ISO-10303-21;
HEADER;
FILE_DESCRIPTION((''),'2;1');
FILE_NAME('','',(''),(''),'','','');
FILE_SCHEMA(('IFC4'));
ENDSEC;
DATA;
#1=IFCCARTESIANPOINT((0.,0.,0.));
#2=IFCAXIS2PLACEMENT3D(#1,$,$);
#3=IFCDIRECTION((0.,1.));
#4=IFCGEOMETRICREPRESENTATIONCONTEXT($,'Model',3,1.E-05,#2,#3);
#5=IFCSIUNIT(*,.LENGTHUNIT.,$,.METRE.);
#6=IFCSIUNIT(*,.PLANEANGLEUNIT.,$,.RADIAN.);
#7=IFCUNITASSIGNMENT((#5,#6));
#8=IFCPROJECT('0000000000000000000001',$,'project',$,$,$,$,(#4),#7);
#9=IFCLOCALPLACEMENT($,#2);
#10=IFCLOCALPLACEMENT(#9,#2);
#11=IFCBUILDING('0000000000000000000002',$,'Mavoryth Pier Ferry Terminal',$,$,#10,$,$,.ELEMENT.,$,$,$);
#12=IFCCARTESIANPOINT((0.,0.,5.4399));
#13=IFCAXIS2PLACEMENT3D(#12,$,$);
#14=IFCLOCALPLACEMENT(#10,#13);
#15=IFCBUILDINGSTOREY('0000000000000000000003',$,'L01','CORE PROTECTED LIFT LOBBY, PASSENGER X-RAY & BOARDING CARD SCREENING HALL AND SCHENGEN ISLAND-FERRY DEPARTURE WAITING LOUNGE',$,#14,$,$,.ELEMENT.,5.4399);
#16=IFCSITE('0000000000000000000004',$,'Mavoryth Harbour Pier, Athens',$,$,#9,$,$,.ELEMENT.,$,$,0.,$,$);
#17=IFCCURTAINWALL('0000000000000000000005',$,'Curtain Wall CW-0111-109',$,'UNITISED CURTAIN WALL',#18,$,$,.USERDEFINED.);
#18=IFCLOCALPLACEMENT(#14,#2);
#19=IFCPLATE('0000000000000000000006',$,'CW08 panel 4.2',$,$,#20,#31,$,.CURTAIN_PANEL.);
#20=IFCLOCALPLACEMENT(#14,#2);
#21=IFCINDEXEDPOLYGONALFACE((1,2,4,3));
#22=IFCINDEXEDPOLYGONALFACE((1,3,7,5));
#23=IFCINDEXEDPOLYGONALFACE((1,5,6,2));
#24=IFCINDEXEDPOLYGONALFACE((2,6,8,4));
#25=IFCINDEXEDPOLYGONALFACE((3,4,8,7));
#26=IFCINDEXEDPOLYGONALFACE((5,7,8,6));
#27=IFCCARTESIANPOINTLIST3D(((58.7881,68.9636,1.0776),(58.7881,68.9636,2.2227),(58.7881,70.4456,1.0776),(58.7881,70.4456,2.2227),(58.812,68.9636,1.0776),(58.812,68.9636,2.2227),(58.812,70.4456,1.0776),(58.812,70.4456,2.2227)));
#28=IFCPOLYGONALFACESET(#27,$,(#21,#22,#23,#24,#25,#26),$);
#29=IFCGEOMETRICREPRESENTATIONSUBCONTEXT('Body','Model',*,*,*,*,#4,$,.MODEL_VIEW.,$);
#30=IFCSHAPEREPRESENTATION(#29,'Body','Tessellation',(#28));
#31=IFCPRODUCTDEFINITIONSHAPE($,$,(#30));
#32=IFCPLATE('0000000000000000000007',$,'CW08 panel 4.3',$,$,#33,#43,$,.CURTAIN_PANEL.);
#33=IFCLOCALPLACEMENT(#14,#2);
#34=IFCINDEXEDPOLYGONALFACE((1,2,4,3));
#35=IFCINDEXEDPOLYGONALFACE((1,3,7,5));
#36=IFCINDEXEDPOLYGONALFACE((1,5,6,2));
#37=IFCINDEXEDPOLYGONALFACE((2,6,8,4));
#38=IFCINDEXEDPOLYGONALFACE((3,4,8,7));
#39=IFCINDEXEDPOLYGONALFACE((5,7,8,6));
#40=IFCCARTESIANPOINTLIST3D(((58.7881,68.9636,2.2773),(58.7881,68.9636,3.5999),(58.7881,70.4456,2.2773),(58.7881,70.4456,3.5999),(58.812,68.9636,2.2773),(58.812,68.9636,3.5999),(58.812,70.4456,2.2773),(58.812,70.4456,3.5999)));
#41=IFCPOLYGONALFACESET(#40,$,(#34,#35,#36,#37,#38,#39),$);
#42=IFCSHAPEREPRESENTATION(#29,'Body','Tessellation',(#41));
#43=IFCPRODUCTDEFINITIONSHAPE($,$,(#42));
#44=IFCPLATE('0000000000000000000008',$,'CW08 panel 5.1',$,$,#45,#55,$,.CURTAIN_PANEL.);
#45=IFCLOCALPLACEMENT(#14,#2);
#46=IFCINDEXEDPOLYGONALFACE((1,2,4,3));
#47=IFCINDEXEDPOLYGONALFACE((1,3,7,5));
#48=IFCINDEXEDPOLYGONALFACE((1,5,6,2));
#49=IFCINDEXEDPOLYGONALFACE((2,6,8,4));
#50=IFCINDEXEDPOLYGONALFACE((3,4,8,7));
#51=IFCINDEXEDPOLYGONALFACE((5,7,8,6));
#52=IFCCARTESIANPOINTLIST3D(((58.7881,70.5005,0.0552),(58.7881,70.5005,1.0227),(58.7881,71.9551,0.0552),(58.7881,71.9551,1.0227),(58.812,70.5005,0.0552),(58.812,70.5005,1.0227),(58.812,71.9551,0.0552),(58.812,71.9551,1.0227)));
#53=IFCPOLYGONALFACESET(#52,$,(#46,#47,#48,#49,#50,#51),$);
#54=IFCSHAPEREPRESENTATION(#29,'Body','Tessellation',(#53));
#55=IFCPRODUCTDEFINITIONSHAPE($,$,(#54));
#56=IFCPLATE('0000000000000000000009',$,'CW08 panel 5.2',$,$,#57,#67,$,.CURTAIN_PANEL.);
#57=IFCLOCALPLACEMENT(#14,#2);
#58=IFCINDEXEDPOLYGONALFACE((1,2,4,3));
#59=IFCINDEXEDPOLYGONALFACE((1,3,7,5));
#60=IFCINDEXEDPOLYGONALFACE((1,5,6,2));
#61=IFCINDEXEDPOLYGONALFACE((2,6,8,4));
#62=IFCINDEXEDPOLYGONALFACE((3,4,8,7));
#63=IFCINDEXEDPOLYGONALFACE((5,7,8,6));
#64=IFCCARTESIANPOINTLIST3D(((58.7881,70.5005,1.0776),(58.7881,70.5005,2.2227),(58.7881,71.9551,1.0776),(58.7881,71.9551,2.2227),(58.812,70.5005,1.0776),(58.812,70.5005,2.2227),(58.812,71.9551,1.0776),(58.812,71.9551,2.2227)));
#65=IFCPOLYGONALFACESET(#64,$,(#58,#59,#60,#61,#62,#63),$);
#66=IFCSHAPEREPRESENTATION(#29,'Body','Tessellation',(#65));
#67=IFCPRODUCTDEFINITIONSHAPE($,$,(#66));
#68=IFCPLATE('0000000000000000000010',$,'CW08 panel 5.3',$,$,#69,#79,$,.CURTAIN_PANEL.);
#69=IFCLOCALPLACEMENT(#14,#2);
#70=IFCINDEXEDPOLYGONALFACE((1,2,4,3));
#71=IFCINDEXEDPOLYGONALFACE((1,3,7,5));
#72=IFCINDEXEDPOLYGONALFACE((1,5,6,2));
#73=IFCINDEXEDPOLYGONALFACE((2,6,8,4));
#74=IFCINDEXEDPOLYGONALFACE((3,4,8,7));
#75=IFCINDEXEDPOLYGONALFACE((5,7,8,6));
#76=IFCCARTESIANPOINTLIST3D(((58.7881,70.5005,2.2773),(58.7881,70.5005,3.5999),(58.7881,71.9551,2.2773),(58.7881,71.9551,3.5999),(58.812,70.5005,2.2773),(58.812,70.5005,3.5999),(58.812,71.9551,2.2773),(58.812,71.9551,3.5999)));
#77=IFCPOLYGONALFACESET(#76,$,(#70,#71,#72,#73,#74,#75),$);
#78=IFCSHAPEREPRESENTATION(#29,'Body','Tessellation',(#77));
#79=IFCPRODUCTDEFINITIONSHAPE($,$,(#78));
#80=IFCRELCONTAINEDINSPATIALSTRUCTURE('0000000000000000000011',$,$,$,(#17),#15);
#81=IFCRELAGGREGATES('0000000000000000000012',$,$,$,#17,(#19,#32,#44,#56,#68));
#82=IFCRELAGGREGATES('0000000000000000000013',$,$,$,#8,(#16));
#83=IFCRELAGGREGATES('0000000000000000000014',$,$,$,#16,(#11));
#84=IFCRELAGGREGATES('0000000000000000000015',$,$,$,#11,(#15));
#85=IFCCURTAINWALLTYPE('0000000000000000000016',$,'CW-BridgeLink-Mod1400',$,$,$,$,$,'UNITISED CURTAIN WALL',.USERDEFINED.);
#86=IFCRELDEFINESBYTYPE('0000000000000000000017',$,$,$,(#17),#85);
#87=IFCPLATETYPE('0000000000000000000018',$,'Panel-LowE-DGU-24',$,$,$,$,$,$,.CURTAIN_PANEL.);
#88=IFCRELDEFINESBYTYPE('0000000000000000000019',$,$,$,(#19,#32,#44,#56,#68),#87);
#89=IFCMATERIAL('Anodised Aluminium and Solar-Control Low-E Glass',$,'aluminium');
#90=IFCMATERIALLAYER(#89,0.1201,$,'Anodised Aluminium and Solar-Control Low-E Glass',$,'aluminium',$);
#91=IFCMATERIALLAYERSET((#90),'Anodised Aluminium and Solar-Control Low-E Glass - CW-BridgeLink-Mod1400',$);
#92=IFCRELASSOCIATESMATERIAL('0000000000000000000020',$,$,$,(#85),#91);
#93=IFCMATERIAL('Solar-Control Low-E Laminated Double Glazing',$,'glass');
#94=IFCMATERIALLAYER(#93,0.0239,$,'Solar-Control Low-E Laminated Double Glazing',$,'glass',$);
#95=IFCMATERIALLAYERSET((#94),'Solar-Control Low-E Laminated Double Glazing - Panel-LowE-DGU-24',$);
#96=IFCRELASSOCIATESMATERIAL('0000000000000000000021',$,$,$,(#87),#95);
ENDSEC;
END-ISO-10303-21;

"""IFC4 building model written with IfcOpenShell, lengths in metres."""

from ifc_helpers import new_model, si_unit, direction, frame, origin, origin_2d, place, context, subcontext, project, spatial, rectangle, extrude, material, layer, layer_set, type_object, element, aggregate, save


model = new_model("IFC4")

# Units and contexts
model_context = context("Model", 3, precision=1e-05, world=origin(), true_north=direction((0.0, 1.0)))
body_context = subcontext(model_context, "Body", "Model", "MODEL_VIEW")
ifc_project = project(units=[si_unit("LENGTHUNIT", "METRE"), si_unit("PLANEANGLEUNIT", "RADIAN")], contexts=[model_context])

# Site, building, storey
site_placement = place(None, origin())
site = spatial("IfcSite", under=ifc_project, at=site_placement, Name="Mavoryth Harbour Pier, Athens", CompositionType="ELEMENT", RefElevation=0.0)
building_placement = place(site_placement, origin())
building = spatial("IfcBuilding", under=site, at=building_placement, Name="Mavoryth Pier Ferry Terminal", CompositionType="ELEMENT")
storey_placement = place(building_placement, frame((0.0, 0.0, 5.4399)))
storey = spatial("IfcBuildingStorey", under=building, at=storey_placement, Name="L01", Description="CORE PROTECTED LIFT LOBBY, PASSENGER X-RAY & BOARDING CARD SCREENING HALL AND SCHENGEN ISLAND-FERRY DEPARTURE WAITING LOUNGE", CompositionType="ELEMENT", Elevation=5.4399)

# Curtain wall
ifc_material_1 = material(Name="Anodised Aluminium and Solar-Control Low-E Glass", Category="aluminium")
ifc_layer_1 = layer(ifc_material_1, 0.1201, Name="Anodised Aluminium and Solar-Control Low-E Glass", Category="aluminium")
ifc_layer_set_1 = layer_set([ifc_layer_1], Name="Anodised Aluminium and Solar-Control Low-E Glass - CW-BridgeLink-Mod1400")
curtain_wall_type_1 = type_object("IfcCurtainWallType", Name="CW-BridgeLink-Mod1400", ElementType="UNITISED CURTAIN WALL", PredefinedType="USERDEFINED", material=ifc_layer_set_1)
curtain_wall_1_placement = place(storey_placement, origin())
curtain_wall_1 = element("IfcCurtainWall", 1, at=curtain_wall_1_placement, inside=storey, type_object=curtain_wall_type_1, Name="Curtain Wall CW-0111-109", ObjectType="UNITISED CURTAIN WALL", PredefinedType="USERDEFINED")

# Plates
ifc_material_2 = material(Name="Solar-Control Low-E Laminated Double Glazing", Category="glass")
ifc_layer_2 = layer(ifc_material_2, 0.0239, Name="Solar-Control Low-E Laminated Double Glazing", Category="glass")
ifc_layer_set_2 = layer_set([ifc_layer_2], Name="Solar-Control Low-E Laminated Double Glazing - Panel-LowE-DGU-24")
plate_type = type_object("IfcPlateType", Name="Panel-LowE-DGU-24", PredefinedType="CURTAIN_PANEL", material=ifc_layer_set_2)
plate_1_placement = place(storey_placement, frame((58.8, 69.7046, 1.0776), z_axis=(0.0, 0.0, 1.0), x_axis=(0.0, 1.0, 0.0)))
plate_1 = element("IfcPlate", 2, at=plate_1_placement, type_object=plate_type, Name="CW08 panel 4.2", PredefinedType="CURTAIN_PANEL", context=body_context, shape_type="SweptSolid", body=[
    extrude(rectangle(XDim=1.4819, YDim=0.0239, at=origin_2d()), origin(), (0.0, 0.0, 1.0), 1.145),
])
plate_2_placement = place(storey_placement, frame((58.8, 69.7046, 2.2773), z_axis=(0.0, 0.0, 1.0), x_axis=(0.0, 1.0, 0.0)))
plate_2 = element("IfcPlate", 3, at=plate_2_placement, type_object=plate_type, Name="CW08 panel 4.3", PredefinedType="CURTAIN_PANEL", context=body_context, shape_type="SweptSolid", body=[
    extrude(rectangle(XDim=1.4819, YDim=0.0239, at=origin_2d()), origin(), (0.0, 0.0, 1.0), 1.3225),
])
plate_3_placement = place(storey_placement, frame((58.8, 71.2278, 0.0552), z_axis=(0.0, 0.0, 1.0), x_axis=(0.0, 1.0, 0.0)))
plate_3 = element("IfcPlate", 4, at=plate_3_placement, type_object=plate_type, Name="CW08 panel 5.1", PredefinedType="CURTAIN_PANEL", context=body_context, shape_type="SweptSolid", body=[
    extrude(rectangle(XDim=1.4546, YDim=0.0239, at=origin_2d()), origin(), (0.0, 0.0, 1.0), 0.9675),
])
plate_4_placement = place(storey_placement, frame((58.8, 71.2278, 1.0776), z_axis=(0.0, 0.0, 1.0), x_axis=(0.0, 1.0, 0.0)))
plate_4 = element("IfcPlate", 5, at=plate_4_placement, type_object=plate_type, Name="CW08 panel 5.2", PredefinedType="CURTAIN_PANEL", context=body_context, shape_type="SweptSolid", body=[
    extrude(rectangle(XDim=1.4546, YDim=0.0239, at=origin_2d()), origin(), (0.0, 0.0, 1.0), 1.145),
])
plate_5_placement = place(storey_placement, frame((58.8, 71.2278, 2.2773), z_axis=(0.0, 0.0, 1.0), x_axis=(0.0, 1.0, 0.0)))
plate_5 = element("IfcPlate", 6, at=plate_5_placement, type_object=plate_type, Name="CW08 panel 5.3", PredefinedType="CURTAIN_PANEL", context=body_context, shape_type="SweptSolid", body=[
    extrude(rectangle(XDim=1.4546, YDim=0.0239, at=origin_2d()), origin(), (0.0, 0.0, 1.0), 1.3225),
])
aggregate(curtain_wall_1, [plate_1, plate_2, plate_3, plate_4, plate_5])

save(model, "model.ifc")
